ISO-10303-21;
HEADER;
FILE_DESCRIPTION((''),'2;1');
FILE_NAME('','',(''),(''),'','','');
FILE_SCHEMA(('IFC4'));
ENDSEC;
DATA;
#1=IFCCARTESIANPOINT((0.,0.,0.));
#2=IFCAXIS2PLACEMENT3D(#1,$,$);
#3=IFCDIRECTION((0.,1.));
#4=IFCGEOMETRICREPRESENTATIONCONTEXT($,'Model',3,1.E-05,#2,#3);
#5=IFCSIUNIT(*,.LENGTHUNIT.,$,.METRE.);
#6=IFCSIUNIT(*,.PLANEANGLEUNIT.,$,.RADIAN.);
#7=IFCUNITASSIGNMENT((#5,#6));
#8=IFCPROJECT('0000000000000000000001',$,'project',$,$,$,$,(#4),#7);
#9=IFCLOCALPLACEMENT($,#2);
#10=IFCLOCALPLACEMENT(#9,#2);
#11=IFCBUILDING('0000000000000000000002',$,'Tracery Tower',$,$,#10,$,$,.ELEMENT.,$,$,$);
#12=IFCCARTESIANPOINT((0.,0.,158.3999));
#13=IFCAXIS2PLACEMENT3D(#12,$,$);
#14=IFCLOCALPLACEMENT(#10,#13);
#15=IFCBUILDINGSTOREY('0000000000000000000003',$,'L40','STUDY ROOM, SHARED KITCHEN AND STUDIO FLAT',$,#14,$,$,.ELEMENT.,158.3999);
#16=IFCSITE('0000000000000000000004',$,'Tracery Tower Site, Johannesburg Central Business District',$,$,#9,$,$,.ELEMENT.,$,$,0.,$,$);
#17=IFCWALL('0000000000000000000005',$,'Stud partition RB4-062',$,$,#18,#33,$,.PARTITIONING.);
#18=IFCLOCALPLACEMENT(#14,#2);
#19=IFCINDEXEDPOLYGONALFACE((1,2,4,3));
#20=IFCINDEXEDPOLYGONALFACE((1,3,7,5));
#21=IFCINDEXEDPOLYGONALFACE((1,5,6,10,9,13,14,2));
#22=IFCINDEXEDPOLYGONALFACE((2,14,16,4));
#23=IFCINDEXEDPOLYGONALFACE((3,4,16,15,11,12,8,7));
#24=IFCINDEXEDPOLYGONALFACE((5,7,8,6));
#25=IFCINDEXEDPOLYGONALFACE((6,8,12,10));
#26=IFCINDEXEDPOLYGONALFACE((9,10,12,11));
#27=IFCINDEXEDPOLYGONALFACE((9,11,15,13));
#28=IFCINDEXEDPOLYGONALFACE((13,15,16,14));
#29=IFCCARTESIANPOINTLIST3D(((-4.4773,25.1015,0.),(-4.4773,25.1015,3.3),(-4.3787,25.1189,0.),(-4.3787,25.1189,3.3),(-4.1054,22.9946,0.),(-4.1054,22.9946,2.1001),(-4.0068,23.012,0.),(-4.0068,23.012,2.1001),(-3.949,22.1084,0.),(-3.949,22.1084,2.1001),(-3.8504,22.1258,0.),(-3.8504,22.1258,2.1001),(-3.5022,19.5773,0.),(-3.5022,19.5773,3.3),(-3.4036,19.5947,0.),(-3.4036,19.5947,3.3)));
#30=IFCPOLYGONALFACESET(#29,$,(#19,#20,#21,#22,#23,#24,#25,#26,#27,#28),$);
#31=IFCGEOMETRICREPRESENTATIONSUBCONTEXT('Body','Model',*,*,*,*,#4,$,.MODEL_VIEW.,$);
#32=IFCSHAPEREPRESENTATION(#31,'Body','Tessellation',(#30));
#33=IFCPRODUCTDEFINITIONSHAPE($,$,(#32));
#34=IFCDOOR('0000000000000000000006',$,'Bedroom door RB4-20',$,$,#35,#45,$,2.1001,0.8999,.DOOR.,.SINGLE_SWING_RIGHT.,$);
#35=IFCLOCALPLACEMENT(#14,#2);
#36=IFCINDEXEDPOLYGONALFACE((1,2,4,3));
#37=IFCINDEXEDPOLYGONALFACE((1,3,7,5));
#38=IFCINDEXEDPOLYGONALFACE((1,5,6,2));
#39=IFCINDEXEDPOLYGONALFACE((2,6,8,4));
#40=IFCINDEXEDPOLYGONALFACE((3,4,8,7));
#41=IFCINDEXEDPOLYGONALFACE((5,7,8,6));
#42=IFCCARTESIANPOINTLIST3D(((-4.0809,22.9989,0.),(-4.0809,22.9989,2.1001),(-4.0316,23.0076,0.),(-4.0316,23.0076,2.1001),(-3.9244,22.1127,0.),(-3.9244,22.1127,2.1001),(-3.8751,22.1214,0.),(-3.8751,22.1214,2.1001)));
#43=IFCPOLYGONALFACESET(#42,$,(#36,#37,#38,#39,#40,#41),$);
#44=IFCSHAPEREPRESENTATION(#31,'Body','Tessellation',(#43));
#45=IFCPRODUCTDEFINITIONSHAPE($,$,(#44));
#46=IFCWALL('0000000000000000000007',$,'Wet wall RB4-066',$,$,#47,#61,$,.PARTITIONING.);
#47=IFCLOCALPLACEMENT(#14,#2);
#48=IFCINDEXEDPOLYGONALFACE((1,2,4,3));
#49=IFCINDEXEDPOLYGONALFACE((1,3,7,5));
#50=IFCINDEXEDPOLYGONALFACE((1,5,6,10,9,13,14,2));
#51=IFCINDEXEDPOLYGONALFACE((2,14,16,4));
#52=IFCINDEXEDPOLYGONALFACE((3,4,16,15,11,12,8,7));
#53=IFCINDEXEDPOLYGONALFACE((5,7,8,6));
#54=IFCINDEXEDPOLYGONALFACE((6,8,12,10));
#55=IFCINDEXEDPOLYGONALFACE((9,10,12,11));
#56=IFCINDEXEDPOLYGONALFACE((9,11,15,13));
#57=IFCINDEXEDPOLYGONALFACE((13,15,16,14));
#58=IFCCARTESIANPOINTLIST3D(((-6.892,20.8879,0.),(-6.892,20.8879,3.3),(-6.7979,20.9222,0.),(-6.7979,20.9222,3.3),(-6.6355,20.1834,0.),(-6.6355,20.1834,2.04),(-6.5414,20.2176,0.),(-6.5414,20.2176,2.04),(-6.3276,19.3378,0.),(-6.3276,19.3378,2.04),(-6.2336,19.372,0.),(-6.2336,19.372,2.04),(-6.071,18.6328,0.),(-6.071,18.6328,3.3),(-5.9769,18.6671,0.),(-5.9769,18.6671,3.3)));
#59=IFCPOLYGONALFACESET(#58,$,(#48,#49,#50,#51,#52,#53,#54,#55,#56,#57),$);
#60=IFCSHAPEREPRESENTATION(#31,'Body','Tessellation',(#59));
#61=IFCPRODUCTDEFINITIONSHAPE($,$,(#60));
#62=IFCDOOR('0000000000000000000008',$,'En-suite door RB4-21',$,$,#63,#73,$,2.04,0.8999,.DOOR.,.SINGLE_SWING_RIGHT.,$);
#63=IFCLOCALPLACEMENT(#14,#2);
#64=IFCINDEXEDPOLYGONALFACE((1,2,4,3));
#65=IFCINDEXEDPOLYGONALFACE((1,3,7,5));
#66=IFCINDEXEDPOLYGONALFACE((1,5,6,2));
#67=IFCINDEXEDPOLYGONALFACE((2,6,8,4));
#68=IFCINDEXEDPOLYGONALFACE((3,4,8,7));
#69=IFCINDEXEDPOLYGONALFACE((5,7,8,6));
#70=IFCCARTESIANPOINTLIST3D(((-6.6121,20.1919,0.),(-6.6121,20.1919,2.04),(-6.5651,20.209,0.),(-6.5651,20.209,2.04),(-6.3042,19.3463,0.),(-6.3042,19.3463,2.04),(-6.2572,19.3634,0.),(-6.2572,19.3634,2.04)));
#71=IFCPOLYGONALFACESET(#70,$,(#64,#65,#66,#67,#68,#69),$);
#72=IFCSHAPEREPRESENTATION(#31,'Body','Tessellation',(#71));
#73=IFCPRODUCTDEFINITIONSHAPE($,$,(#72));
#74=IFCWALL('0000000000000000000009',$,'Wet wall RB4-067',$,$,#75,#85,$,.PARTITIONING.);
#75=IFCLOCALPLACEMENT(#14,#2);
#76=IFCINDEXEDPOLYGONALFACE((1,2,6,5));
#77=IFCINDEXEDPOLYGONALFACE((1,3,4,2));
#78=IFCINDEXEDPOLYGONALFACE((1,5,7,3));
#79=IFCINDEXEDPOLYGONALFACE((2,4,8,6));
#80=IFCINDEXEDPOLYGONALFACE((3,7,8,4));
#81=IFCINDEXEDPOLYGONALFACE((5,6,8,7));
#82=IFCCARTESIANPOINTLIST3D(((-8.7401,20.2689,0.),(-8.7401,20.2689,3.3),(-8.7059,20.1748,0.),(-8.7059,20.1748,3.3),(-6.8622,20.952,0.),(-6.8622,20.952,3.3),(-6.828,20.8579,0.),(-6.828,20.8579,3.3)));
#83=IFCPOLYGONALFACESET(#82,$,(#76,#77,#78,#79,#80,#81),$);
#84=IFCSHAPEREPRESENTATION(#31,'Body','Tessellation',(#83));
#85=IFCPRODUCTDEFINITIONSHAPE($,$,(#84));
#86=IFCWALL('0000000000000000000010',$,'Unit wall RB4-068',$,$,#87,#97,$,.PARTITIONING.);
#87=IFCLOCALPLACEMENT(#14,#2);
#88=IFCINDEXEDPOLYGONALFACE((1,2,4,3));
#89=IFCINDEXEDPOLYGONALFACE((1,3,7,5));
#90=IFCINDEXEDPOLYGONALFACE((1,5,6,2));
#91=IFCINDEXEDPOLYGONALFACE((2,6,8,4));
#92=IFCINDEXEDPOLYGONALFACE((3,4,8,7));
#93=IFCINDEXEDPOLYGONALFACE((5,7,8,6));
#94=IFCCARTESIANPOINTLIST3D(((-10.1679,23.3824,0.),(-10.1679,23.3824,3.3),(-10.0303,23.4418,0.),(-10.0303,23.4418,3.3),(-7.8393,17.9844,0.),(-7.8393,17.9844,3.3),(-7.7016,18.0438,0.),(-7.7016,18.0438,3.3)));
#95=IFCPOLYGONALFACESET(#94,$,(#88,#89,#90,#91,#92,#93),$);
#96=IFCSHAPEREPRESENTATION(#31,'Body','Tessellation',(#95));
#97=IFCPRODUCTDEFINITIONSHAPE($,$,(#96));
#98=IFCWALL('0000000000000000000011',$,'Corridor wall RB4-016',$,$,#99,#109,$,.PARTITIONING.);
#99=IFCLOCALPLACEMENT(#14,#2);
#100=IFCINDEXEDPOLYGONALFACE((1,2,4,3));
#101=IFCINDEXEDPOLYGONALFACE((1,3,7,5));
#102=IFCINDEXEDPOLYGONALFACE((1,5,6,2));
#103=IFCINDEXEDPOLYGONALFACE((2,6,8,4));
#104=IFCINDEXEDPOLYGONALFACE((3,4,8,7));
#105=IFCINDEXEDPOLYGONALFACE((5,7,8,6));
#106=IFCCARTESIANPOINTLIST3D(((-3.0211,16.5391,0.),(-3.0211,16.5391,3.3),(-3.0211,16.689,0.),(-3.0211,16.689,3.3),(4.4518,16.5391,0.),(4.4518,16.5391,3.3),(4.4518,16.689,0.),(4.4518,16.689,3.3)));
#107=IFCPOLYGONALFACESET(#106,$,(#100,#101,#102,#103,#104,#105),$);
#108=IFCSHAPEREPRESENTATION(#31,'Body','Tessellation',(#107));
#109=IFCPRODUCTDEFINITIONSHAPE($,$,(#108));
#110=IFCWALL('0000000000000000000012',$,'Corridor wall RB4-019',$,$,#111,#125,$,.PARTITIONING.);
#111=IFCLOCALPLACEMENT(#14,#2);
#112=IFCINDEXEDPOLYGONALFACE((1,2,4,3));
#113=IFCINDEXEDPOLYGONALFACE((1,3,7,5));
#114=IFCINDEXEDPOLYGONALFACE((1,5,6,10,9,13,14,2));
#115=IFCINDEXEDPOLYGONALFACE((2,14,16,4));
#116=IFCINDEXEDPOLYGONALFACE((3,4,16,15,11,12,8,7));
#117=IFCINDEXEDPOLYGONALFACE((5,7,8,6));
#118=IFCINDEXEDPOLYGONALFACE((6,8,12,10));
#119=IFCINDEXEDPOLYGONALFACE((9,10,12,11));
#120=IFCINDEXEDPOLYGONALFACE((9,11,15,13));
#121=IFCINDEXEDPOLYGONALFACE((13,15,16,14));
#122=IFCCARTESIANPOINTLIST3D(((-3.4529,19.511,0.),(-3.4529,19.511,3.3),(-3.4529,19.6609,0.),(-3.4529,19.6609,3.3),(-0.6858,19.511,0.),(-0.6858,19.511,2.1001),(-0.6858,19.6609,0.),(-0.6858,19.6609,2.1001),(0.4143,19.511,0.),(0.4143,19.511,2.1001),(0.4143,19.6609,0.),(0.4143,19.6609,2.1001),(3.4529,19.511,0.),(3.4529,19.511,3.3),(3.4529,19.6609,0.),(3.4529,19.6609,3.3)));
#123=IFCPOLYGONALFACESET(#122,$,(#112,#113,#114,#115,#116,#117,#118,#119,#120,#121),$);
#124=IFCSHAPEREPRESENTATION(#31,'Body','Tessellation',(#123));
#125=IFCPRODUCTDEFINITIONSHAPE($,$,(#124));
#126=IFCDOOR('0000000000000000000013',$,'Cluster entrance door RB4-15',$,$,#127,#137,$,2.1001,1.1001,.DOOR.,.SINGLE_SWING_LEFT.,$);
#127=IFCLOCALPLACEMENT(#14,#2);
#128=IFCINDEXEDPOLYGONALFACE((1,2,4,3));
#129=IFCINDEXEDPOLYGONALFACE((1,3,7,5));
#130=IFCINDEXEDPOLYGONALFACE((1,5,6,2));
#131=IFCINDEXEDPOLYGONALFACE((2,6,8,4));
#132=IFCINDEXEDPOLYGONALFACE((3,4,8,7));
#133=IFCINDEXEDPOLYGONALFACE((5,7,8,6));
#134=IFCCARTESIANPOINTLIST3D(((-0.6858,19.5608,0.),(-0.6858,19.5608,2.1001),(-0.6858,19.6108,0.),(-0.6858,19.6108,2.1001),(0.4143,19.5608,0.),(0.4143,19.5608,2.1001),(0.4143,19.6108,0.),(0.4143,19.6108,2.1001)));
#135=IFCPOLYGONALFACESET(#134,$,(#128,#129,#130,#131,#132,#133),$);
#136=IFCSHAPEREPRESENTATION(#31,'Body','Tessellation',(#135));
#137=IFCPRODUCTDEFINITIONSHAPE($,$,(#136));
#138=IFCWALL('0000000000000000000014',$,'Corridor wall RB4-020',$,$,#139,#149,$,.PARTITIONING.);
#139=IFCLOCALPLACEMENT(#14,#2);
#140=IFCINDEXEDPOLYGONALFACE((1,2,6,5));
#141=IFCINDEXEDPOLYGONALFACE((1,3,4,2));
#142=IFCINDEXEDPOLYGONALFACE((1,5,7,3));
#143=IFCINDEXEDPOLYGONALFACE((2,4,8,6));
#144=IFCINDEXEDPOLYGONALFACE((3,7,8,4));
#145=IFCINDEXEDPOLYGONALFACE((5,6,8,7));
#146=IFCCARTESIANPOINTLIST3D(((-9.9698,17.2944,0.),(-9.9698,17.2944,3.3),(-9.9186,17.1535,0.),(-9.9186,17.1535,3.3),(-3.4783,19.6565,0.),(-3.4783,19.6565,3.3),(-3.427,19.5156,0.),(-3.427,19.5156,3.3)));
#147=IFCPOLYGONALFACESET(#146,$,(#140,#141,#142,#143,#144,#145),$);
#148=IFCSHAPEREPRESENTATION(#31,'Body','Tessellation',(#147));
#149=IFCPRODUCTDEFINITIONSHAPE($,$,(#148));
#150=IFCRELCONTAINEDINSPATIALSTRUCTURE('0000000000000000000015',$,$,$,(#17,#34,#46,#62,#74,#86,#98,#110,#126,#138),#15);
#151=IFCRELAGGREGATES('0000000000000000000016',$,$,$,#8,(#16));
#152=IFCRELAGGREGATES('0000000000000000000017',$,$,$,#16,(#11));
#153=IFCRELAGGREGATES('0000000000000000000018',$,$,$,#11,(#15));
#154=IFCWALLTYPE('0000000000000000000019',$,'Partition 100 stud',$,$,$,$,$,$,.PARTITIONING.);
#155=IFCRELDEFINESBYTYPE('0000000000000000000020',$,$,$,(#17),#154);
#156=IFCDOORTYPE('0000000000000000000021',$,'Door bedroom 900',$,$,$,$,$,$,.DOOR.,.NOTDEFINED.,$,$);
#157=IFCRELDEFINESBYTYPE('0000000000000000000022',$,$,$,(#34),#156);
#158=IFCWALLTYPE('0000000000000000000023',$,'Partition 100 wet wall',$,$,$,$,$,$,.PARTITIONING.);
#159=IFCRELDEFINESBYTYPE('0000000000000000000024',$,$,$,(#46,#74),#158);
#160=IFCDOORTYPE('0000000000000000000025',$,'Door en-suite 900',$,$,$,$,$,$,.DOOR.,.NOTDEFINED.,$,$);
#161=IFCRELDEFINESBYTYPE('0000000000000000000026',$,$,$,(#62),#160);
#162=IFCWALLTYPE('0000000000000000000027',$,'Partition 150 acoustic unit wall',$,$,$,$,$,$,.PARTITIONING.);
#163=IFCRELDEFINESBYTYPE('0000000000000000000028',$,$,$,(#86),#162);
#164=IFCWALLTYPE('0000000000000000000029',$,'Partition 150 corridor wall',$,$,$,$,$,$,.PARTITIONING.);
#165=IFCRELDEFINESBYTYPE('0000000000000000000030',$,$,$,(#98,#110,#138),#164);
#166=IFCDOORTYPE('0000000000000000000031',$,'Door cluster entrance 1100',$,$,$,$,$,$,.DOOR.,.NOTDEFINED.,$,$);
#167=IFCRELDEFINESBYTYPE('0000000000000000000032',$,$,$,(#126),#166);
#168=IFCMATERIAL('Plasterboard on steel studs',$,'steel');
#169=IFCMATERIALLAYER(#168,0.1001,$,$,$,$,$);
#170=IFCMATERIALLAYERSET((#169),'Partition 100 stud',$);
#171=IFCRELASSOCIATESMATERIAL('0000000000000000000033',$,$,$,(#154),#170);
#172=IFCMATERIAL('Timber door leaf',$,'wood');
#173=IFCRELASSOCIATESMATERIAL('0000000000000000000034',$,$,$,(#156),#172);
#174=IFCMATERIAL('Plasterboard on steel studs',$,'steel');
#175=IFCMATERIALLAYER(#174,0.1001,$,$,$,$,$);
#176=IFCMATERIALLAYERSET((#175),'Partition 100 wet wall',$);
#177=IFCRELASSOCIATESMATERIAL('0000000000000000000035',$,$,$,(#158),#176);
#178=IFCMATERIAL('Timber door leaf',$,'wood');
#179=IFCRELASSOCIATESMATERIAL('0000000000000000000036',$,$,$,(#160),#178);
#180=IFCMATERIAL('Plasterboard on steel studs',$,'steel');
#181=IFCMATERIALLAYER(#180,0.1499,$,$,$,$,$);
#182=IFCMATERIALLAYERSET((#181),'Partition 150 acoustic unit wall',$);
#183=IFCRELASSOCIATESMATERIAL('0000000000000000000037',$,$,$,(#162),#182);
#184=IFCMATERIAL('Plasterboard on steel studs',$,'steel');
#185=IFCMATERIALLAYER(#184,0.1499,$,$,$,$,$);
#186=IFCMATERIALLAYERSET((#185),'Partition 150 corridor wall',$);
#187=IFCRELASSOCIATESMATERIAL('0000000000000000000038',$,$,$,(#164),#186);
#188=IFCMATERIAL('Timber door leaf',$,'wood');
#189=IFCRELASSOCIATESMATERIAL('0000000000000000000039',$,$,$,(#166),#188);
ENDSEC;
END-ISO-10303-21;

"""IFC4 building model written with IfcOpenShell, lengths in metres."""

from ifc_helpers import new_model, si_unit, direction, frame, frame_2d, origin, place, context, subcontext, project, spatial, rectangle, extrude, material, layer, layer_set, type_object, element, fill, save


model = new_model("IFC4")

# Units and contexts
model_context = context("Model", 3, precision=1e-05, world=origin(), true_north=direction((0.0, 1.0)))
body_context = subcontext(model_context, "Body", "Model", "MODEL_VIEW")
ifc_project = project(units=[si_unit("LENGTHUNIT", "METRE"), si_unit("PLANEANGLEUNIT", "RADIAN")], contexts=[model_context])

# Site, building, storey
site_placement = place(None, origin())
site = spatial("IfcSite", under=ifc_project, at=site_placement, Name="Tracery Tower Site, Johannesburg Central Business District", CompositionType="ELEMENT", RefElevation=0.0)
building_placement = place(site_placement, origin())
building = spatial("IfcBuilding", under=site, at=building_placement, Name="Tracery Tower", CompositionType="ELEMENT")
storey_placement = place(building_placement, frame((0.0, 0.0, 158.3999)))
storey = spatial("IfcBuildingStorey", under=building, at=storey_placement, Name="L40", Description="STUDY ROOM, SHARED KITCHEN AND STUDIO FLAT", CompositionType="ELEMENT", Elevation=158.3999)

# Walls, openings, doors
ifc_material_1 = material(Name="Plasterboard on steel studs", Category="steel")
ifc_layer_1 = layer(ifc_material_1, 0.1001)
ifc_layer_set_1 = layer_set([ifc_layer_1], Name="Partition 100 stud")
wall_type_1 = type_object("IfcWallType", Name="Partition 100 stud", PredefinedType="PARTITIONING", material=ifc_layer_set_1)
wall_1_placement = place(storey_placement, frame((-4.428, 25.1101, 0.0), z_axis=(0.0, 0.0, 1.0), x_axis=(0.173828, -0.984776, 0.0)))
wall_1 = element("IfcWall", 1, at=wall_1_placement, inside=storey, type_object=wall_type_1, Name="Stud partition RB4-062", PredefinedType="PARTITIONING", context=body_context, shape_type="SweptSolid", body=[
    extrude(rectangle(XDim=5.6096, YDim=0.1001, at=frame_2d((2.8047, 0.0))), origin(), (0.0, 0.0, 1.0), 3.3),
])
opening_1_placement = place(wall_1_placement, frame((2.1394, 0.0, 0.0)))
opening_1 = element("IfcOpeningElement", 2, at=opening_1_placement, cuts=wall_1, PredefinedType="OPENING", context=body_context, shape_type="SweptSolid", body=[
    extrude(rectangle(XDim=0.8999, YDim=2.1001, at=frame_2d((0.45, 1.05))), frame((0.0, 0.05, 0.0), z_axis=(0.0, -1.0, 0.0), x_axis=(1.0, 0.0, 0.0)), (0.0, 0.0, 1.0), 0.1001),
])
ifc_material_2 = material(Name="Timber door leaf", Category="wood")
door_type_1 = type_object("IfcDoorType", Name="Door bedroom 900", OperationType="NOTDEFINED", PredefinedType="DOOR", material=ifc_material_2)
door_1_placement = place(opening_1_placement, origin())
door_1 = element("IfcDoor", 3, at=door_1_placement, inside=storey, type_object=door_type_1, Name="Bedroom door RB4-20", OperationType="SINGLE_SWING_RIGHT", OverallHeight=2.1001, OverallWidth=0.8999, PredefinedType="DOOR", context=body_context, shape_type="SweptSolid", body=[
    extrude(rectangle(XDim=0.8999, YDim=2.1001, at=frame_2d((0.45, 1.05))), frame((0.0, 0.0249, 0.0), z_axis=(0.0, -1.0, 0.0), x_axis=(1.0, 0.0, 0.0)), (0.0, 0.0, 1.0), 0.05),
])
fill(opening_1, door_1)
ifc_material_3 = material(Name="Plasterboard on steel studs", Category="steel")
ifc_layer_2 = layer(ifc_material_3, 0.1001)
ifc_layer_set_2 = layer_set([ifc_layer_2], Name="Partition 100 wet wall")
wall_type_2 = type_object("IfcWallType", Name="Partition 100 wet wall", PredefinedType="PARTITIONING", material=ifc_layer_set_2)
wall_2_placement = place(storey_placement, frame((-6.845, 20.905, 0.0), z_axis=(0.0, 0.0, 1.0), x_axis=(0.342111, -0.93966, 0.0)))
wall_2 = element("IfcWall", 4, at=wall_2_placement, inside=storey, type_object=wall_type_2, Name="Wet wall RB4-066", PredefinedType="PARTITIONING", context=body_context, shape_type="SweptSolid", body=[
    extrude(rectangle(XDim=2.3999, YDim=0.1001, at=frame_2d((1.2, 0.0))), origin(), (0.0, 0.0, 1.0), 3.3),
])
opening_2_placement = place(wall_2_placement, frame((0.7498, 0.0, 0.0)))
opening_2 = element("IfcOpeningElement", 5, at=opening_2_placement, cuts=wall_2, PredefinedType="OPENING", context=body_context, shape_type="SweptSolid", body=[
    extrude(rectangle(XDim=0.8999, YDim=2.04, at=frame_2d((0.45, 1.02))), frame((0.0, 0.05, 0.0), z_axis=(0.0, -1.0, 0.0), x_axis=(1.0, 0.0, 0.0)), (0.0, 0.0, 1.0), 0.1001),
])
ifc_material_4 = material(Name="Timber door leaf", Category="wood")
door_type_2 = type_object("IfcDoorType", Name="Door en-suite 900", OperationType="NOTDEFINED", PredefinedType="DOOR", material=ifc_material_4)
door_2_placement = place(opening_2_placement, origin())
door_2 = element("IfcDoor", 6, at=door_2_placement, inside=storey, type_object=door_type_2, Name="En-suite door RB4-21", OperationType="SINGLE_SWING_RIGHT", OverallHeight=2.04, OverallWidth=0.8999, PredefinedType="DOOR", context=body_context, shape_type="SweptSolid", body=[
    extrude(rectangle(XDim=0.8999, YDim=2.04, at=frame_2d((0.45, 1.02))), frame((0.0, 0.0249, 0.0), z_axis=(0.0, -1.0, 0.0), x_axis=(1.0, 0.0, 0.0)), (0.0, 0.0, 1.0), 0.05),
])
fill(opening_2, door_2)

# Walls
wall_3_placement = place(storey_placement, frame((-8.7229, 20.2219, 0.0), z_axis=(0.0, 0.0, 1.0), x_axis=(0.939758, 0.341841, 0.0)))
element("IfcWall", 7, at=wall_3_placement, inside=storey, type_object=wall_type_2, Name="Wet wall RB4-067", PredefinedType="PARTITIONING", context=body_context, shape_type="SweptSolid", body=[
    extrude(rectangle(XDim=1.9983, YDim=0.1001, at=frame_2d((0.999, 0.0))), origin(), (0.0, 0.0, 1.0), 3.3),
])
ifc_material_5 = material(Name="Plasterboard on steel studs", Category="steel")
ifc_layer_3 = layer(ifc_material_5, 0.1499)
ifc_layer_set_3 = layer_set([ifc_layer_3], Name="Partition 150 acoustic unit wall")
wall_type_3 = type_object("IfcWallType", Name="Partition 150 acoustic unit wall", PredefinedType="PARTITIONING", material=ifc_layer_set_3)
wall_4_placement = place(storey_placement, frame((-10.0991, 23.4121, 0.0), z_axis=(0.0, 0.0, 1.0), x_axis=(0.396103, -0.918206, 0.0)))
element("IfcWall", 8, at=wall_4_placement, inside=storey, type_object=wall_type_3, Name="Unit wall RB4-068", PredefinedType="PARTITIONING", context=body_context, shape_type="SweptSolid", body=[
    extrude(rectangle(XDim=5.8789, YDim=0.1499, at=frame_2d((2.9395, 0.0))), origin(), (0.0, 0.0, 1.0), 3.3),
])
ifc_material_6 = material(Name="Plasterboard on steel studs", Category="steel")
ifc_layer_4 = layer(ifc_material_6, 0.1499)
ifc_layer_set_4 = layer_set([ifc_layer_4], Name="Partition 150 corridor wall")
wall_type_4 = type_object("IfcWallType", Name="Partition 150 corridor wall", PredefinedType="PARTITIONING", material=ifc_layer_set_4)
wall_5_placement = place(storey_placement, frame((-3.021, 16.614, 0.0), z_axis=(0.0, 0.0, 1.0), x_axis=(1.0, 0.0, 0.0)))
element("IfcWall", 9, at=wall_5_placement, inside=storey, type_object=wall_type_4, Name="Corridor wall RB4-016", PredefinedType="PARTITIONING", context=body_context, shape_type="SweptSolid", body=[
    extrude(rectangle(XDim=7.4729, YDim=0.1499, at=frame_2d((3.7363, 0.0))), origin(), (0.0, 0.0, 1.0), 3.3),
])

# Wall, opening, door
wall_6_placement = place(storey_placement, frame((-3.4529, 19.5859, 0.0), z_axis=(0.0, 0.0, 1.0), x_axis=(1.0, 0.0, 0.0)))
wall_6 = element("IfcWall", 10, at=wall_6_placement, inside=storey, type_object=wall_type_4, Name="Corridor wall RB4-019", PredefinedType="PARTITIONING", context=body_context, shape_type="SweptSolid", body=[
    extrude(rectangle(XDim=6.9058, YDim=0.1499, at=frame_2d((3.4529, 0.0))), origin(), (0.0, 0.0, 1.0), 3.3),
])
opening_3_placement = place(wall_6_placement, frame((2.7671, 0.0, 0.0)))
opening_3 = element("IfcOpeningElement", 11, at=opening_3_placement, cuts=wall_6, PredefinedType="OPENING", context=body_context, shape_type="SweptSolid", body=[
    extrude(rectangle(XDim=1.1001, YDim=2.1001, at=frame_2d((0.55, 1.05))), frame((0.0, 0.075, 0.0), z_axis=(0.0, -1.0, 0.0), x_axis=(1.0, 0.0, 0.0)), (0.0, 0.0, 1.0), 0.1499),
])
ifc_material_7 = material(Name="Timber door leaf", Category="wood")
door_type_3 = type_object("IfcDoorType", Name="Door cluster entrance 1100", OperationType="NOTDEFINED", PredefinedType="DOOR", material=ifc_material_7)
door_3_placement = place(opening_3_placement, origin())
door_3 = element("IfcDoor", 12, at=door_3_placement, inside=storey, type_object=door_type_3, Name="Cluster entrance door RB4-15", OperationType="SINGLE_SWING_LEFT", OverallHeight=2.1001, OverallWidth=1.1001, PredefinedType="DOOR", context=body_context, shape_type="SweptSolid", body=[
    extrude(rectangle(XDim=1.1001, YDim=2.1001, at=frame_2d((0.55, 1.05))), frame((0.0, 0.0249, 0.0), z_axis=(0.0, -1.0, 0.0), x_axis=(1.0, 0.0, 0.0)), (0.0, 0.0, 1.0), 0.05),
])
fill(opening_3, door_3)

# Wall
wall_7_placement = place(storey_placement, frame((-9.9443, 17.2239, 0.0), z_axis=(0.0, 0.0, 1.0), x_axis=(0.939722, 0.341939, 0.0)))
element("IfcWall", 13, at=wall_7_placement, inside=storey, type_object=wall_type_4, Name="Corridor wall RB4-020", PredefinedType="PARTITIONING", context=body_context, shape_type="SweptSolid", body=[
    extrude(rectangle(XDim=6.908, YDim=0.1499, at=frame_2d((3.4541, 0.0))), origin(), (0.0, 0.0, 1.0), 3.3),
])

save(model, "model.ifc")
